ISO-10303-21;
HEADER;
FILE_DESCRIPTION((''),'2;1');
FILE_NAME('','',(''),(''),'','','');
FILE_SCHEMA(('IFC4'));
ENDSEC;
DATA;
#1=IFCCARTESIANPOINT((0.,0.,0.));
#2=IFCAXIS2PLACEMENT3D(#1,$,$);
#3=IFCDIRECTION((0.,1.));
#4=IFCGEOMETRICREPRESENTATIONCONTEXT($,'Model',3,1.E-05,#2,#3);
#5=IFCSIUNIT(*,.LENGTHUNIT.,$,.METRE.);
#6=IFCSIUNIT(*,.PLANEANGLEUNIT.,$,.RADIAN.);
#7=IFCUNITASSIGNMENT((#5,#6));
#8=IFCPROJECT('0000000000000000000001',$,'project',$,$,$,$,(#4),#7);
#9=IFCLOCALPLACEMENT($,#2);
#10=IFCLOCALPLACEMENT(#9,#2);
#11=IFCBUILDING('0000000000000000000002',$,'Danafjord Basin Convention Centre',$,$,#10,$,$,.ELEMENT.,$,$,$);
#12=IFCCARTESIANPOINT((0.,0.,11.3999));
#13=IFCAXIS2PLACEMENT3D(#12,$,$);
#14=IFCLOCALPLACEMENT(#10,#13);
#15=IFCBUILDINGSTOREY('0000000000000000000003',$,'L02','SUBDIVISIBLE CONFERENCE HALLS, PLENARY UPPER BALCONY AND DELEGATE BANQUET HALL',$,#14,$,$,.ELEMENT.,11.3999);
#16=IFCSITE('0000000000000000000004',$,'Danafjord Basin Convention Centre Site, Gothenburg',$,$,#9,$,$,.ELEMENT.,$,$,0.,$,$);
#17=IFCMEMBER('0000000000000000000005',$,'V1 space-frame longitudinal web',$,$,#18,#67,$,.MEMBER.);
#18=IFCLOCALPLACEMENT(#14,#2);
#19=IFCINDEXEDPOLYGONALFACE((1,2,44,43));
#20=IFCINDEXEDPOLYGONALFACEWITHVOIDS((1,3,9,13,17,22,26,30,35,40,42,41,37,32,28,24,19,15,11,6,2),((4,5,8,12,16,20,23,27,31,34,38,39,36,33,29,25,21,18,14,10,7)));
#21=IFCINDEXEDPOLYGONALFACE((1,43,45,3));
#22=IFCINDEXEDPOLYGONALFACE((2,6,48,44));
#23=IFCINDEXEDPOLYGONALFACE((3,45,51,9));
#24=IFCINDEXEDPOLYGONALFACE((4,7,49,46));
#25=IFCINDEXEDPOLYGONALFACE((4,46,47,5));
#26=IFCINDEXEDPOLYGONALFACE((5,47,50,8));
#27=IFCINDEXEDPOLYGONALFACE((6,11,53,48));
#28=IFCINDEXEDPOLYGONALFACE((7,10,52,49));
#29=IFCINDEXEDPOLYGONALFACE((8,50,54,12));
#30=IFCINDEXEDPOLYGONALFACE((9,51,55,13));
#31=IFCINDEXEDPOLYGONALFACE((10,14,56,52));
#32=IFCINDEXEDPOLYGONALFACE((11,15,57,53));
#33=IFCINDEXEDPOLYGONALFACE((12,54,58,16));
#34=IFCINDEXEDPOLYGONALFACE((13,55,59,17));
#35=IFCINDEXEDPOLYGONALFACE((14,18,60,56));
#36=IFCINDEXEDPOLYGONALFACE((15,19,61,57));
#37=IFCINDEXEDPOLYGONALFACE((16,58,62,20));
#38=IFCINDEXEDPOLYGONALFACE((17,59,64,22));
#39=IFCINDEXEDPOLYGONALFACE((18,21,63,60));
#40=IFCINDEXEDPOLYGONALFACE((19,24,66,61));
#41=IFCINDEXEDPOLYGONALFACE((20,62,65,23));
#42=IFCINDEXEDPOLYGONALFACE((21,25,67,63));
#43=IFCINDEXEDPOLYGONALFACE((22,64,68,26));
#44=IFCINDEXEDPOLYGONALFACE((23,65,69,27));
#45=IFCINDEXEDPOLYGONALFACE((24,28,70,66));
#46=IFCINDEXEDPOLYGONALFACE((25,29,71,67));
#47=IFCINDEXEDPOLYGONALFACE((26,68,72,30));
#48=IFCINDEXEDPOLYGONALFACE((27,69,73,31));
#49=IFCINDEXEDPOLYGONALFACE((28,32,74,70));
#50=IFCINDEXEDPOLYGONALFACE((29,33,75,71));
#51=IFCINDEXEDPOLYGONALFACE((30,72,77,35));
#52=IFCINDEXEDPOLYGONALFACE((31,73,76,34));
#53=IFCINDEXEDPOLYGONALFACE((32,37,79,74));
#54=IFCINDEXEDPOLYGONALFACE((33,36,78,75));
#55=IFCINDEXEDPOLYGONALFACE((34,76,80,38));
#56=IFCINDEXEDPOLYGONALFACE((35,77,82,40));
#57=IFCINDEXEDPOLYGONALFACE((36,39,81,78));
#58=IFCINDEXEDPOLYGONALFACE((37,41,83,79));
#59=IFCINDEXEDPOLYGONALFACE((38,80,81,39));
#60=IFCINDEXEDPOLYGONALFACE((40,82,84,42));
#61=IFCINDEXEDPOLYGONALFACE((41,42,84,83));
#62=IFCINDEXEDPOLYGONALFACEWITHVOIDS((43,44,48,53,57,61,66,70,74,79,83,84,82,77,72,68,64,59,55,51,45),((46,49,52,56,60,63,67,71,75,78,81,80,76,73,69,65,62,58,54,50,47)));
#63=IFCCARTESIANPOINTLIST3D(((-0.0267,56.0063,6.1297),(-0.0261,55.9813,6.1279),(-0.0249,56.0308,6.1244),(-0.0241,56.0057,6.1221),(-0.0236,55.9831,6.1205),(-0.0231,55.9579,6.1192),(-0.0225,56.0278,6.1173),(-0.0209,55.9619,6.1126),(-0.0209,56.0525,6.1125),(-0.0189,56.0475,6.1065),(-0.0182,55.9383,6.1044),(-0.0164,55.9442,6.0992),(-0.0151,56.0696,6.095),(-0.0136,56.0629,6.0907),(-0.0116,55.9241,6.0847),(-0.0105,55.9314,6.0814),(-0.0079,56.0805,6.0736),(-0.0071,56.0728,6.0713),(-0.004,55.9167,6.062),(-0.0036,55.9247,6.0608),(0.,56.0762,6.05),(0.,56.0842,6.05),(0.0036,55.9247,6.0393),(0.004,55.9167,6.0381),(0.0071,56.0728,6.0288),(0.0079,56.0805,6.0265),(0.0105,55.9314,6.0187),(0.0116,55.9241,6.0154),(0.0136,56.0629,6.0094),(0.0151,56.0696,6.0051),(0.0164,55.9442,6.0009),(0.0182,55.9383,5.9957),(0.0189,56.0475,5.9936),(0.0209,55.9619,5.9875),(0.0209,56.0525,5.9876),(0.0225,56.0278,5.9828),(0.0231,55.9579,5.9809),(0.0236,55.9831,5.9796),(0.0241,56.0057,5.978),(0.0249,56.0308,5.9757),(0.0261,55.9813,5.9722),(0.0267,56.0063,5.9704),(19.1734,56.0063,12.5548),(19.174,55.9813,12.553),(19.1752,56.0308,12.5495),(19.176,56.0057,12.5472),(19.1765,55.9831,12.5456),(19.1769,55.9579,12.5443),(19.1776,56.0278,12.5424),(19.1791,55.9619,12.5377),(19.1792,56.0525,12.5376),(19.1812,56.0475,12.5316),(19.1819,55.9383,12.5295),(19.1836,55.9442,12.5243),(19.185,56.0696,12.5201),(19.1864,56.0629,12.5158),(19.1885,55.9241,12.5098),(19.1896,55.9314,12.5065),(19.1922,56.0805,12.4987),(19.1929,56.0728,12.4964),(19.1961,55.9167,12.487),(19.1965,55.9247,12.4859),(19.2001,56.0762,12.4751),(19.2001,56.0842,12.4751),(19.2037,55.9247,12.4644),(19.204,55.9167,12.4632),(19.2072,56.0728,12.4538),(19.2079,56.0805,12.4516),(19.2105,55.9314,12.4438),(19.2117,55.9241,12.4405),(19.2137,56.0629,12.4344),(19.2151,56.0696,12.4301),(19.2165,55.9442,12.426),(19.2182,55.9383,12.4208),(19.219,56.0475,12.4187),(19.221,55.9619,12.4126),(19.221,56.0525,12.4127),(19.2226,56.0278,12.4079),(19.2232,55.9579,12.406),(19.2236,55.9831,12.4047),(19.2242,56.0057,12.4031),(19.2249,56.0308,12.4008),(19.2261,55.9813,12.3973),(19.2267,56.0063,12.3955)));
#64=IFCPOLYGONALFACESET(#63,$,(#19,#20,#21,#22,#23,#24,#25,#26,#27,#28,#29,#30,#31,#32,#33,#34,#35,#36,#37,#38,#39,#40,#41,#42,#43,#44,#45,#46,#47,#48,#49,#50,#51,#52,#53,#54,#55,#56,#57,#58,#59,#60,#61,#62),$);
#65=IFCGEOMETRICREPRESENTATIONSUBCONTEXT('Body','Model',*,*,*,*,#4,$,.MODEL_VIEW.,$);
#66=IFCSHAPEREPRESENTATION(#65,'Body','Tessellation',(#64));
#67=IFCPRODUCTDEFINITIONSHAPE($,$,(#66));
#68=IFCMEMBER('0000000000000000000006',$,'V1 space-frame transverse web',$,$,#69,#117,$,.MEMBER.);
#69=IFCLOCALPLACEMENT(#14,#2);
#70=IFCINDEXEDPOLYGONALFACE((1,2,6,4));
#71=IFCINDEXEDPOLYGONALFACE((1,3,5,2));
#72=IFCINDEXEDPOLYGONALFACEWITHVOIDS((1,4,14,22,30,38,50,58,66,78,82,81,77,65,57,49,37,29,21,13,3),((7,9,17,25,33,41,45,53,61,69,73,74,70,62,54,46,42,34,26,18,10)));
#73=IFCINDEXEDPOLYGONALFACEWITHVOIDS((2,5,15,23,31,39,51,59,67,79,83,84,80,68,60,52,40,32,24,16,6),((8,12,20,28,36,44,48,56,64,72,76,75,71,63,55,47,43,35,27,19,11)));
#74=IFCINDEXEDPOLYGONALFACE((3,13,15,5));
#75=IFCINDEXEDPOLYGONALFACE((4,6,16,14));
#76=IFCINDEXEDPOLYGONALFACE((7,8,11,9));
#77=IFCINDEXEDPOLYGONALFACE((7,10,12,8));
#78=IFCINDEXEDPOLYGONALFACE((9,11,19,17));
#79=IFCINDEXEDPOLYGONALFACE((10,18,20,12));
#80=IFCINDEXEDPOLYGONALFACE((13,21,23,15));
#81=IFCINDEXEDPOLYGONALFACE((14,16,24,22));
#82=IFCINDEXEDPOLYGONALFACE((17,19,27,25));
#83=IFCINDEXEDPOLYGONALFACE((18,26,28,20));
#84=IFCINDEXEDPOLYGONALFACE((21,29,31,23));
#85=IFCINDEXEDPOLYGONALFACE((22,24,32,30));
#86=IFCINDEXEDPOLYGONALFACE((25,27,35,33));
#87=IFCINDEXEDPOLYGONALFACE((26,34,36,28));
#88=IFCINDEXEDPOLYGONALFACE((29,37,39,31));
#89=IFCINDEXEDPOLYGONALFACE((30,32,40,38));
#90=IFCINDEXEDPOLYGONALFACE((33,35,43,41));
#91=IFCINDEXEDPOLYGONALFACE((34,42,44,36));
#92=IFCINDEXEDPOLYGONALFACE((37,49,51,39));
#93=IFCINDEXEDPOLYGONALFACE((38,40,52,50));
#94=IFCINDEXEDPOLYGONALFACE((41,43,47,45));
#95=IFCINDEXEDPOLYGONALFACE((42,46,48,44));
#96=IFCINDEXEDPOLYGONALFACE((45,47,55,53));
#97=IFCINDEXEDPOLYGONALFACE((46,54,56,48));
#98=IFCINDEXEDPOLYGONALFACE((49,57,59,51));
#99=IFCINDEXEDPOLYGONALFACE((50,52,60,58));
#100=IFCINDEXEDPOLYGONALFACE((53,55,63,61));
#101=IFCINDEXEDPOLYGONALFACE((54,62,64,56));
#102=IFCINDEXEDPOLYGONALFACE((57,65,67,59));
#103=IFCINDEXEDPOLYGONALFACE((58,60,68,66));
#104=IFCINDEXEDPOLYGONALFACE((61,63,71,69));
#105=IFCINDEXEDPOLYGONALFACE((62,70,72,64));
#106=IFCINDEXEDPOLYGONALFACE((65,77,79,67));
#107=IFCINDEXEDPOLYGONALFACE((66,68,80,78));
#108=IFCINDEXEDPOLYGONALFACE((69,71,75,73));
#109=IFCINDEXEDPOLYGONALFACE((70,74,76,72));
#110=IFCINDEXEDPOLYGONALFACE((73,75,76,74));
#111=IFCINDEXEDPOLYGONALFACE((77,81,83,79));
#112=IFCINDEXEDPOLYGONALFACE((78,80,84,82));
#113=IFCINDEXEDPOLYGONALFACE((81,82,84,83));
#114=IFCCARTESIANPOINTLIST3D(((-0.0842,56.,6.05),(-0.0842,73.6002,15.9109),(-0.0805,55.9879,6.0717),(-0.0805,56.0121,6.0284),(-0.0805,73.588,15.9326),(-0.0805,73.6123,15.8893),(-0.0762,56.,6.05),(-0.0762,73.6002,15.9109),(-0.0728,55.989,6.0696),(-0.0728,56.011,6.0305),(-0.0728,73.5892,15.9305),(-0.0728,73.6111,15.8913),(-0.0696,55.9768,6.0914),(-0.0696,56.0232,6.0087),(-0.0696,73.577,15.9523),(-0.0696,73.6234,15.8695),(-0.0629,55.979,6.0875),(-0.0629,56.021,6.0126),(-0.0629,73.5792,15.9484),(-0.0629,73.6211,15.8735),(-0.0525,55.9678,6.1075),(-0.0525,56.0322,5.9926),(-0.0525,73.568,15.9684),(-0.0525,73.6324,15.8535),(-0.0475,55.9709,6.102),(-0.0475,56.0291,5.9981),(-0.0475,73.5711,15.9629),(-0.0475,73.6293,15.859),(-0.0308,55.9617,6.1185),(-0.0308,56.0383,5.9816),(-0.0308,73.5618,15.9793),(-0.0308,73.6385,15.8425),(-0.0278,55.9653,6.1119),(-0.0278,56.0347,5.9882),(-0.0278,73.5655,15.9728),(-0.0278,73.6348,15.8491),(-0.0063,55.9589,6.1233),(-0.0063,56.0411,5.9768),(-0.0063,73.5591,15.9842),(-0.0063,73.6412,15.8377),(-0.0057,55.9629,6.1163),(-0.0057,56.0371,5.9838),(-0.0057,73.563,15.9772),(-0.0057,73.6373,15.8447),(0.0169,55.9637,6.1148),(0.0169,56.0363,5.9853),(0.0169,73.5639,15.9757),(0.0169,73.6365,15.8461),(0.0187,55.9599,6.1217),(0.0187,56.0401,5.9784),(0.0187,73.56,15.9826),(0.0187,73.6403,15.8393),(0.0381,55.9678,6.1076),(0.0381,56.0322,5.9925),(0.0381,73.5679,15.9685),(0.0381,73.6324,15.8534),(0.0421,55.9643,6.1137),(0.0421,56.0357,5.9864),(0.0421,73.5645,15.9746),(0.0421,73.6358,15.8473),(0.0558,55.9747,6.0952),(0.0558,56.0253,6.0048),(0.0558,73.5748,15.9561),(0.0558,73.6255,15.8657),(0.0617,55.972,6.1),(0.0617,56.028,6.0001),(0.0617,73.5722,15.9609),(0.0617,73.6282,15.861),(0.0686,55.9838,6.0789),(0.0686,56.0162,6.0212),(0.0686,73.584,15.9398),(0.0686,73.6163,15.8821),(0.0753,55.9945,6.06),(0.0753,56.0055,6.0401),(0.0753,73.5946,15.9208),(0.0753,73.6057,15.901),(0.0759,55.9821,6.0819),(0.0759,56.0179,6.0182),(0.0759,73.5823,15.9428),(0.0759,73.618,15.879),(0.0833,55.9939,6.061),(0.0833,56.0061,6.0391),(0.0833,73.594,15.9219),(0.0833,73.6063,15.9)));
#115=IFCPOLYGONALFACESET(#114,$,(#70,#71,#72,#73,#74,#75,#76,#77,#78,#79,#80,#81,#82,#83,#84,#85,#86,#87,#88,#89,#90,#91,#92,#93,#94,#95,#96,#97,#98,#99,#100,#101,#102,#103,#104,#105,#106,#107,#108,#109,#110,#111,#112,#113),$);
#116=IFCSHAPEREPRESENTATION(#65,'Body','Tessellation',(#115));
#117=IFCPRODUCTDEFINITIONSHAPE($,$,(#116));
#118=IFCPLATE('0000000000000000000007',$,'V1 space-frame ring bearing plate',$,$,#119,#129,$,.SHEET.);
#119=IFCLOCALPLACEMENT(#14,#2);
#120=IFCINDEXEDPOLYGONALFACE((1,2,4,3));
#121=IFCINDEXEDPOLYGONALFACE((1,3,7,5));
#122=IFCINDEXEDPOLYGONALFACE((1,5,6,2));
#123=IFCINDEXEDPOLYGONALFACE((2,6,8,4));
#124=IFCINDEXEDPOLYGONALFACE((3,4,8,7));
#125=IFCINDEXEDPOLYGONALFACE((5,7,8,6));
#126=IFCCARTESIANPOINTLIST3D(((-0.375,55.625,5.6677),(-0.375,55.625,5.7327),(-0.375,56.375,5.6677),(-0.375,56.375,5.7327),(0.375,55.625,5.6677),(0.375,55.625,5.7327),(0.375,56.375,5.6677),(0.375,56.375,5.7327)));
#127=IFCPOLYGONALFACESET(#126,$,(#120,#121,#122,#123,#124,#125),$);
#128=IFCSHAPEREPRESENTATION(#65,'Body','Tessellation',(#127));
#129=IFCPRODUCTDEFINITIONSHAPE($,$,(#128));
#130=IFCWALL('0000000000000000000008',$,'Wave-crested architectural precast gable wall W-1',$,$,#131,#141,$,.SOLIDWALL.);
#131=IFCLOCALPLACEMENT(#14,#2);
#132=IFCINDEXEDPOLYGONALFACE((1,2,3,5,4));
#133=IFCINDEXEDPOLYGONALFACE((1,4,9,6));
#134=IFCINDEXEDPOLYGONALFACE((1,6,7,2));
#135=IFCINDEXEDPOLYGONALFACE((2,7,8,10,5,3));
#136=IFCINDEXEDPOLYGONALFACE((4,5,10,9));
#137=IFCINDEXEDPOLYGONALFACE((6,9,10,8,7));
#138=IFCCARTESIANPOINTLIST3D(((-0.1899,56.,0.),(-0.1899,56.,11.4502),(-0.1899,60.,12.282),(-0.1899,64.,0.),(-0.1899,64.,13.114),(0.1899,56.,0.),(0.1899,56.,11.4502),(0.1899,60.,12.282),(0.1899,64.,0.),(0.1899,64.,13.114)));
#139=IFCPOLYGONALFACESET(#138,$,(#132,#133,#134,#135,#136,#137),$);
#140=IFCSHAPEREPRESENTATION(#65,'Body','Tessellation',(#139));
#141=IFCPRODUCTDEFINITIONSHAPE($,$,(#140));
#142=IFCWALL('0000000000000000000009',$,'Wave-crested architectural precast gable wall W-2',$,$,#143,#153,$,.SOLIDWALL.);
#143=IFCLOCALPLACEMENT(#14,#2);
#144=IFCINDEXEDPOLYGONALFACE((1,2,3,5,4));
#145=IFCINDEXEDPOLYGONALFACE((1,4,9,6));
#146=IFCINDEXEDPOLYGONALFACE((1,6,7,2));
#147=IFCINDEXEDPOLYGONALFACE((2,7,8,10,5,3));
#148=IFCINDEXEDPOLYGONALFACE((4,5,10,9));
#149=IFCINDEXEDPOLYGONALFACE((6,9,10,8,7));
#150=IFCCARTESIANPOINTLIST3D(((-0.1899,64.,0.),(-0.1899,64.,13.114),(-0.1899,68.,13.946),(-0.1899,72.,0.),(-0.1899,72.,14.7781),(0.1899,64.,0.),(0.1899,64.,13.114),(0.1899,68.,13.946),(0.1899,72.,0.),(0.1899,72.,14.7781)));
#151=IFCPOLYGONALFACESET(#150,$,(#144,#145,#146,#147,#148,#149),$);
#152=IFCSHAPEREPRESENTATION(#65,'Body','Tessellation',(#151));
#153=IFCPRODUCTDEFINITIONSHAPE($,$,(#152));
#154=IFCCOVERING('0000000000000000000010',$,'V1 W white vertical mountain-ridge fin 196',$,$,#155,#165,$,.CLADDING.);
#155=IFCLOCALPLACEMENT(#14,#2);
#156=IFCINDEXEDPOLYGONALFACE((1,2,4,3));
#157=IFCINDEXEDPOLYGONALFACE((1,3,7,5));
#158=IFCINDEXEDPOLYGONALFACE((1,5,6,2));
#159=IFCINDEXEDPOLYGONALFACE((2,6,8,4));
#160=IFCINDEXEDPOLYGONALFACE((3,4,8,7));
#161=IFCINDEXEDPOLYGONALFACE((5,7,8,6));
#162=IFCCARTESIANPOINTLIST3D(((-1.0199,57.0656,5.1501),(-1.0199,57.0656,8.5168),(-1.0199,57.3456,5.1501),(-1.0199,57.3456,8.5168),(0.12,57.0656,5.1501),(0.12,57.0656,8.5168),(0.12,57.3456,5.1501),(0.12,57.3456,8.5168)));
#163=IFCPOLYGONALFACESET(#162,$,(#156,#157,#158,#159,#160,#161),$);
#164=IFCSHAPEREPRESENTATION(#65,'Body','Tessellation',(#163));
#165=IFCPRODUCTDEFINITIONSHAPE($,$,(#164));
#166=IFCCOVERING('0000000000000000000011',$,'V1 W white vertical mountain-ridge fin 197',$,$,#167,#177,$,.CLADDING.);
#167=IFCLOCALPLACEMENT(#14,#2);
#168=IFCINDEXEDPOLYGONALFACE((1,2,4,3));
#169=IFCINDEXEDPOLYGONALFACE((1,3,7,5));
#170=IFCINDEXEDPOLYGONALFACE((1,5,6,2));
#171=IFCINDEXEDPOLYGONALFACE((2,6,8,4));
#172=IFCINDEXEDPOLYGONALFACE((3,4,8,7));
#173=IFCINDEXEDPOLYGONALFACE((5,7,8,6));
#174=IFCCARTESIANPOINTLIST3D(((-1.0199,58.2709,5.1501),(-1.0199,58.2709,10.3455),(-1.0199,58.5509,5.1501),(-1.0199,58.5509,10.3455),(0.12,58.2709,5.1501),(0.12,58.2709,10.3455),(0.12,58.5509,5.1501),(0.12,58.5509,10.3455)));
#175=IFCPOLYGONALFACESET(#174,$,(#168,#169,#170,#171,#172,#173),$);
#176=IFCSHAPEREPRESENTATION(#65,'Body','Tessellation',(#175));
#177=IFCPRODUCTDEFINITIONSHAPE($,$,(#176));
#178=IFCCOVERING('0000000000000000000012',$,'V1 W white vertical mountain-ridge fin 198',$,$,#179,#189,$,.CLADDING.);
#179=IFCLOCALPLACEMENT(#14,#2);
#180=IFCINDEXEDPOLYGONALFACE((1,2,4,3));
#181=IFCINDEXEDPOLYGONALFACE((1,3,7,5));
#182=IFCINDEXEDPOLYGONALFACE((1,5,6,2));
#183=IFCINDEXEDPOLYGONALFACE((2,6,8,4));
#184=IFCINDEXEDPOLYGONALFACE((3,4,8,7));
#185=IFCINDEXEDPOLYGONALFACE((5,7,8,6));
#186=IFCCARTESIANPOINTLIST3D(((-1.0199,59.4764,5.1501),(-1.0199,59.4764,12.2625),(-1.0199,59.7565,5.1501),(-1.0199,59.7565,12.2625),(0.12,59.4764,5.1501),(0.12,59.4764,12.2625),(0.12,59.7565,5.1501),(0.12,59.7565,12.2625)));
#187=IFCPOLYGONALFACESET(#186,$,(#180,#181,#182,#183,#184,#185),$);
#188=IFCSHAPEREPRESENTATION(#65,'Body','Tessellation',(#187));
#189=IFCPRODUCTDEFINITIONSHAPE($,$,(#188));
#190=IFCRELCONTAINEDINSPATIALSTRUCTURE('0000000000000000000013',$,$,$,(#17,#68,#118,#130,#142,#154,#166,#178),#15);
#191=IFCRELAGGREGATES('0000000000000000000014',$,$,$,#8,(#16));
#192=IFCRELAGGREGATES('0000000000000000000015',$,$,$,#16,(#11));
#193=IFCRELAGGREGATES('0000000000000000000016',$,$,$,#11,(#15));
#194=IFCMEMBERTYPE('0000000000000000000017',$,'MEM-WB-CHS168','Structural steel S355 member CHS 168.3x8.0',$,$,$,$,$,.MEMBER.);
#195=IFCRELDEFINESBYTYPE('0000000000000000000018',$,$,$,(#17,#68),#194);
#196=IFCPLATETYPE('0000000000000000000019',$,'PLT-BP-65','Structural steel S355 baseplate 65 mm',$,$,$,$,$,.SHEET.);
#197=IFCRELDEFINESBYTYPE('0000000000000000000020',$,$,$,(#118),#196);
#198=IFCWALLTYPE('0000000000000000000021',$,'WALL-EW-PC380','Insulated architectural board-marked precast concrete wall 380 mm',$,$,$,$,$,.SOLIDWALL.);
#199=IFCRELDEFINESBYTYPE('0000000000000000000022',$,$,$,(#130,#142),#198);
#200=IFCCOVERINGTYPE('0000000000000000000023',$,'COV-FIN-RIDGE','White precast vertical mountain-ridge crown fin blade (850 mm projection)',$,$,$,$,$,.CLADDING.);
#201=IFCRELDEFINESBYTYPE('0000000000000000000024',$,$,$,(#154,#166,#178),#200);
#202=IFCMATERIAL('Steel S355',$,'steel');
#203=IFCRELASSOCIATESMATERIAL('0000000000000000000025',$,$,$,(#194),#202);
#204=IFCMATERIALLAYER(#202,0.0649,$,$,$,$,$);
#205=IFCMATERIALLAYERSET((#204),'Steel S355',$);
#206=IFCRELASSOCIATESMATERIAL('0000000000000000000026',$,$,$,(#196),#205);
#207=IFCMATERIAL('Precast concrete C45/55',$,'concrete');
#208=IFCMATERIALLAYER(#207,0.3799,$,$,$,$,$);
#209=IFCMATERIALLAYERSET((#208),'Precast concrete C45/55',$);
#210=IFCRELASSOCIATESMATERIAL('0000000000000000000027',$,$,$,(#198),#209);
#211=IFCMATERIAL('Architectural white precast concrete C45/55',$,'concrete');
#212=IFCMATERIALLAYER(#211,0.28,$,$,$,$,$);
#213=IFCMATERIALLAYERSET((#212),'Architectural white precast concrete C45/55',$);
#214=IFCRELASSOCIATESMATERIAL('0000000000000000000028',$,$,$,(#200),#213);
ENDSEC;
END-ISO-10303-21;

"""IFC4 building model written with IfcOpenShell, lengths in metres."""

from ifc_helpers import new_model, si_unit, direction, frame, origin, origin_2d, place, context, subcontext, project, spatial, polyline, rectangle, hollow_circle, outline, extrude, material, layer, layer_set, material_profile, profile_set, type_object, element, save


model = new_model("IFC4")

# Units and contexts
model_context = context("Model", 3, precision=1e-05, world=origin(), true_north=direction((0.0, 1.0)))
body_context = subcontext(model_context, "Body", "Model", "MODEL_VIEW")
ifc_project = project(units=[si_unit("LENGTHUNIT", "METRE"), si_unit("PLANEANGLEUNIT", "RADIAN")], contexts=[model_context])

# Site, building, storey
site_placement = place(None, origin())
site = spatial("IfcSite", under=ifc_project, at=site_placement, Name="Danafjord Basin Convention Centre Site, Gothenburg", CompositionType="ELEMENT", RefElevation=0.0)
building_placement = place(site_placement, origin())
building = spatial("IfcBuilding", under=site, at=building_placement, Name="Danafjord Basin Convention Centre", CompositionType="ELEMENT")
storey_placement = place(building_placement, frame((0.0, 0.0, 11.3999)))
storey = spatial("IfcBuildingStorey", under=building, at=storey_placement, Name="L02", Description="SUBDIVISIBLE CONFERENCE HALLS, PLENARY UPPER BALCONY AND DELEGATE BANQUET HALL", CompositionType="ELEMENT", Elevation=11.3999)

# Shared definitions
ifc_material_1 = material(Name="Steel S355", Category="steel")

# Members
ifc_material_profile_1 = material_profile(ifc_material_1, hollow_circle(Radius=0.0842, WallThickness=0.0081, at=origin_2d()), Name="CHS 168.3x8.0")
ifc_profile_set_1 = profile_set([ifc_material_profile_1], Name="Steel S355")
member_type_1 = type_object("IfcMemberType", Name="MEM-WB-CHS168", Description="Structural steel S355 member CHS 168.3x8.0", PredefinedType="MEMBER", material=ifc_profile_set_1)
member_1_placement = place(storey_placement, frame((0.0, 56.0, 6.05), z_axis=(0.948311, 0.0, 0.317342), x_axis=(0.0, 1.0, 0.0)))
element("IfcMember", 1, at=member_1_placement, inside=storey, type_object=member_type_1, Name="V1 space-frame longitudinal web", PredefinedType="MEMBER", context=body_context, shape_type="SweptSolid", body=[
    extrude(hollow_circle(Radius=0.0842, WallThickness=0.0081, at=origin_2d()), origin(), (0.0, 0.0, 1.0), 20.2466),
])
member_2_placement = place(storey_placement, frame((0.0, 56.0, 6.05), z_axis=(0.0, 0.872405, 0.488784), x_axis=(-1.0, 0.0, 0.0)))
element("IfcMember", 2, at=member_2_placement, inside=storey, type_object=member_type_1, Name="V1 space-frame transverse web", PredefinedType="MEMBER", context=body_context, shape_type="SweptSolid", body=[
    extrude(hollow_circle(Radius=0.0842, WallThickness=0.0081, at=origin_2d()), origin(), (0.0, 0.0, 1.0), 20.1743),
])

# Plate
ifc_layer_1 = layer(ifc_material_1, 0.0649)
ifc_layer_set_1 = layer_set([ifc_layer_1], Name="Steel S355")
plate_type = type_object("IfcPlateType", Name="PLT-BP-65", Description="Structural steel S355 baseplate 65 mm", PredefinedType="SHEET", material=ifc_layer_set_1)
plate_placement = place(storey_placement, frame((0.0, 56.0, 5.6677), z_axis=(0.0, 0.0, 1.0), x_axis=(1.0, 0.0, 0.0)))
element("IfcPlate", 3, at=plate_placement, inside=storey, type_object=plate_type, Name="V1 space-frame ring bearing plate", PredefinedType="SHEET", context=body_context, shape_type="SweptSolid", body=[
    extrude(rectangle(XDim=0.75, YDim=0.75, at=origin_2d()), origin(), (0.0, 0.0, 1.0), 0.0649),
])

# Walls
ifc_material_2 = material(Name="Precast concrete C45/55", Category="concrete")
ifc_layer_2 = layer(ifc_material_2, 0.3799)
ifc_layer_set_2 = layer_set([ifc_layer_2], Name="Precast concrete C45/55")
wall_type = type_object("IfcWallType", Name="WALL-EW-PC380", Description="Insulated architectural board-marked precast concrete wall 380 mm", PredefinedType="SOLIDWALL", material=ifc_layer_set_2)
wall_1_placement = place(storey_placement, frame((0.0, 56.0, 0.0), z_axis=(0.0, 0.0, 1.0), x_axis=(0.0, 1.0, 0.0)))
element("IfcWall", 4, at=wall_1_placement, inside=storey, type_object=wall_type, Name="Wave-crested architectural precast gable wall W-1", PredefinedType="SOLIDWALL", context=body_context, shape_type="SweptSolid", body=[
    extrude(outline(polyline([(0.0, 0.0), (8.0, 0.0), (8.0, 13.114), (4.0, 12.282), (0.0, 11.4502), (0.0, 0.0)])), frame((0.0, 0.1899, 0.0), z_axis=(0.0, -1.0, 0.0), x_axis=(1.0, 0.0, 0.0)), (0.0, 0.0, 1.0), 0.3799),
])
wall_2_placement = place(storey_placement, frame((0.0, 64.0, 0.0), z_axis=(0.0, 0.0, 1.0), x_axis=(0.0, 1.0, 0.0)))
element("IfcWall", 5, at=wall_2_placement, inside=storey, type_object=wall_type, Name="Wave-crested architectural precast gable wall W-2", PredefinedType="SOLIDWALL", context=body_context, shape_type="SweptSolid", body=[
    extrude(outline(polyline([(0.0, 0.0), (8.0, 0.0), (8.0, 14.7781), (4.0, 13.946), (0.0, 13.114), (0.0, 0.0)])), frame((0.0, 0.1899, 0.0), z_axis=(0.0, -1.0, 0.0), x_axis=(1.0, 0.0, 0.0)), (0.0, 0.0, 1.0), 0.3799),
])

# Coverings
ifc_material_3 = material(Name="Architectural white precast concrete C45/55", Category="concrete")
ifc_layer_3 = layer(ifc_material_3, 0.28)
ifc_layer_set_3 = layer_set([ifc_layer_3], Name="Architectural white precast concrete C45/55")
covering_type = type_object("IfcCoveringType", Name="COV-FIN-RIDGE", Description="White precast vertical mountain-ridge crown fin blade (850 mm projection)", PredefinedType="CLADDING", material=ifc_layer_set_3)
covering_1_placement = place(storey_placement, frame((-0.45, 57.2056, 5.1501), z_axis=(0.0, 0.0, 1.0), x_axis=(1.0, 0.0, 0.0)))
element("IfcCovering", 6, at=covering_1_placement, inside=storey, type_object=covering_type, Name="V1 W white vertical mountain-ridge fin 196", PredefinedType="CLADDING", context=body_context, shape_type="SweptSolid", body=[
    extrude(rectangle(XDim=1.1399, YDim=0.28, at=origin_2d()), origin(), (0.0, 0.0, 1.0), 3.3667),
])
covering_2_placement = place(storey_placement, frame((-0.45, 58.4109, 5.1501), z_axis=(0.0, 0.0, 1.0), x_axis=(1.0, 0.0, 0.0)))
element("IfcCovering", 7, at=covering_2_placement, inside=storey, type_object=covering_type, Name="V1 W white vertical mountain-ridge fin 197", PredefinedType="CLADDING", context=body_context, shape_type="SweptSolid", body=[
    extrude(rectangle(XDim=1.1399, YDim=0.28, at=origin_2d()), origin(), (0.0, 0.0, 1.0), 5.1953),
])
covering_3_placement = place(storey_placement, frame((-0.45, 59.6165, 5.1501), z_axis=(0.0, 0.0, 1.0), x_axis=(1.0, 0.0, 0.0)))
element("IfcCovering", 8, at=covering_3_placement, inside=storey, type_object=covering_type, Name="V1 W white vertical mountain-ridge fin 198", PredefinedType="CLADDING", context=body_context, shape_type="SweptSolid", body=[
    extrude(rectangle(XDim=1.1399, YDim=0.28, at=origin_2d()), origin(), (0.0, 0.0, 1.0), 7.1123),
])

save(model, "model.ifc")
